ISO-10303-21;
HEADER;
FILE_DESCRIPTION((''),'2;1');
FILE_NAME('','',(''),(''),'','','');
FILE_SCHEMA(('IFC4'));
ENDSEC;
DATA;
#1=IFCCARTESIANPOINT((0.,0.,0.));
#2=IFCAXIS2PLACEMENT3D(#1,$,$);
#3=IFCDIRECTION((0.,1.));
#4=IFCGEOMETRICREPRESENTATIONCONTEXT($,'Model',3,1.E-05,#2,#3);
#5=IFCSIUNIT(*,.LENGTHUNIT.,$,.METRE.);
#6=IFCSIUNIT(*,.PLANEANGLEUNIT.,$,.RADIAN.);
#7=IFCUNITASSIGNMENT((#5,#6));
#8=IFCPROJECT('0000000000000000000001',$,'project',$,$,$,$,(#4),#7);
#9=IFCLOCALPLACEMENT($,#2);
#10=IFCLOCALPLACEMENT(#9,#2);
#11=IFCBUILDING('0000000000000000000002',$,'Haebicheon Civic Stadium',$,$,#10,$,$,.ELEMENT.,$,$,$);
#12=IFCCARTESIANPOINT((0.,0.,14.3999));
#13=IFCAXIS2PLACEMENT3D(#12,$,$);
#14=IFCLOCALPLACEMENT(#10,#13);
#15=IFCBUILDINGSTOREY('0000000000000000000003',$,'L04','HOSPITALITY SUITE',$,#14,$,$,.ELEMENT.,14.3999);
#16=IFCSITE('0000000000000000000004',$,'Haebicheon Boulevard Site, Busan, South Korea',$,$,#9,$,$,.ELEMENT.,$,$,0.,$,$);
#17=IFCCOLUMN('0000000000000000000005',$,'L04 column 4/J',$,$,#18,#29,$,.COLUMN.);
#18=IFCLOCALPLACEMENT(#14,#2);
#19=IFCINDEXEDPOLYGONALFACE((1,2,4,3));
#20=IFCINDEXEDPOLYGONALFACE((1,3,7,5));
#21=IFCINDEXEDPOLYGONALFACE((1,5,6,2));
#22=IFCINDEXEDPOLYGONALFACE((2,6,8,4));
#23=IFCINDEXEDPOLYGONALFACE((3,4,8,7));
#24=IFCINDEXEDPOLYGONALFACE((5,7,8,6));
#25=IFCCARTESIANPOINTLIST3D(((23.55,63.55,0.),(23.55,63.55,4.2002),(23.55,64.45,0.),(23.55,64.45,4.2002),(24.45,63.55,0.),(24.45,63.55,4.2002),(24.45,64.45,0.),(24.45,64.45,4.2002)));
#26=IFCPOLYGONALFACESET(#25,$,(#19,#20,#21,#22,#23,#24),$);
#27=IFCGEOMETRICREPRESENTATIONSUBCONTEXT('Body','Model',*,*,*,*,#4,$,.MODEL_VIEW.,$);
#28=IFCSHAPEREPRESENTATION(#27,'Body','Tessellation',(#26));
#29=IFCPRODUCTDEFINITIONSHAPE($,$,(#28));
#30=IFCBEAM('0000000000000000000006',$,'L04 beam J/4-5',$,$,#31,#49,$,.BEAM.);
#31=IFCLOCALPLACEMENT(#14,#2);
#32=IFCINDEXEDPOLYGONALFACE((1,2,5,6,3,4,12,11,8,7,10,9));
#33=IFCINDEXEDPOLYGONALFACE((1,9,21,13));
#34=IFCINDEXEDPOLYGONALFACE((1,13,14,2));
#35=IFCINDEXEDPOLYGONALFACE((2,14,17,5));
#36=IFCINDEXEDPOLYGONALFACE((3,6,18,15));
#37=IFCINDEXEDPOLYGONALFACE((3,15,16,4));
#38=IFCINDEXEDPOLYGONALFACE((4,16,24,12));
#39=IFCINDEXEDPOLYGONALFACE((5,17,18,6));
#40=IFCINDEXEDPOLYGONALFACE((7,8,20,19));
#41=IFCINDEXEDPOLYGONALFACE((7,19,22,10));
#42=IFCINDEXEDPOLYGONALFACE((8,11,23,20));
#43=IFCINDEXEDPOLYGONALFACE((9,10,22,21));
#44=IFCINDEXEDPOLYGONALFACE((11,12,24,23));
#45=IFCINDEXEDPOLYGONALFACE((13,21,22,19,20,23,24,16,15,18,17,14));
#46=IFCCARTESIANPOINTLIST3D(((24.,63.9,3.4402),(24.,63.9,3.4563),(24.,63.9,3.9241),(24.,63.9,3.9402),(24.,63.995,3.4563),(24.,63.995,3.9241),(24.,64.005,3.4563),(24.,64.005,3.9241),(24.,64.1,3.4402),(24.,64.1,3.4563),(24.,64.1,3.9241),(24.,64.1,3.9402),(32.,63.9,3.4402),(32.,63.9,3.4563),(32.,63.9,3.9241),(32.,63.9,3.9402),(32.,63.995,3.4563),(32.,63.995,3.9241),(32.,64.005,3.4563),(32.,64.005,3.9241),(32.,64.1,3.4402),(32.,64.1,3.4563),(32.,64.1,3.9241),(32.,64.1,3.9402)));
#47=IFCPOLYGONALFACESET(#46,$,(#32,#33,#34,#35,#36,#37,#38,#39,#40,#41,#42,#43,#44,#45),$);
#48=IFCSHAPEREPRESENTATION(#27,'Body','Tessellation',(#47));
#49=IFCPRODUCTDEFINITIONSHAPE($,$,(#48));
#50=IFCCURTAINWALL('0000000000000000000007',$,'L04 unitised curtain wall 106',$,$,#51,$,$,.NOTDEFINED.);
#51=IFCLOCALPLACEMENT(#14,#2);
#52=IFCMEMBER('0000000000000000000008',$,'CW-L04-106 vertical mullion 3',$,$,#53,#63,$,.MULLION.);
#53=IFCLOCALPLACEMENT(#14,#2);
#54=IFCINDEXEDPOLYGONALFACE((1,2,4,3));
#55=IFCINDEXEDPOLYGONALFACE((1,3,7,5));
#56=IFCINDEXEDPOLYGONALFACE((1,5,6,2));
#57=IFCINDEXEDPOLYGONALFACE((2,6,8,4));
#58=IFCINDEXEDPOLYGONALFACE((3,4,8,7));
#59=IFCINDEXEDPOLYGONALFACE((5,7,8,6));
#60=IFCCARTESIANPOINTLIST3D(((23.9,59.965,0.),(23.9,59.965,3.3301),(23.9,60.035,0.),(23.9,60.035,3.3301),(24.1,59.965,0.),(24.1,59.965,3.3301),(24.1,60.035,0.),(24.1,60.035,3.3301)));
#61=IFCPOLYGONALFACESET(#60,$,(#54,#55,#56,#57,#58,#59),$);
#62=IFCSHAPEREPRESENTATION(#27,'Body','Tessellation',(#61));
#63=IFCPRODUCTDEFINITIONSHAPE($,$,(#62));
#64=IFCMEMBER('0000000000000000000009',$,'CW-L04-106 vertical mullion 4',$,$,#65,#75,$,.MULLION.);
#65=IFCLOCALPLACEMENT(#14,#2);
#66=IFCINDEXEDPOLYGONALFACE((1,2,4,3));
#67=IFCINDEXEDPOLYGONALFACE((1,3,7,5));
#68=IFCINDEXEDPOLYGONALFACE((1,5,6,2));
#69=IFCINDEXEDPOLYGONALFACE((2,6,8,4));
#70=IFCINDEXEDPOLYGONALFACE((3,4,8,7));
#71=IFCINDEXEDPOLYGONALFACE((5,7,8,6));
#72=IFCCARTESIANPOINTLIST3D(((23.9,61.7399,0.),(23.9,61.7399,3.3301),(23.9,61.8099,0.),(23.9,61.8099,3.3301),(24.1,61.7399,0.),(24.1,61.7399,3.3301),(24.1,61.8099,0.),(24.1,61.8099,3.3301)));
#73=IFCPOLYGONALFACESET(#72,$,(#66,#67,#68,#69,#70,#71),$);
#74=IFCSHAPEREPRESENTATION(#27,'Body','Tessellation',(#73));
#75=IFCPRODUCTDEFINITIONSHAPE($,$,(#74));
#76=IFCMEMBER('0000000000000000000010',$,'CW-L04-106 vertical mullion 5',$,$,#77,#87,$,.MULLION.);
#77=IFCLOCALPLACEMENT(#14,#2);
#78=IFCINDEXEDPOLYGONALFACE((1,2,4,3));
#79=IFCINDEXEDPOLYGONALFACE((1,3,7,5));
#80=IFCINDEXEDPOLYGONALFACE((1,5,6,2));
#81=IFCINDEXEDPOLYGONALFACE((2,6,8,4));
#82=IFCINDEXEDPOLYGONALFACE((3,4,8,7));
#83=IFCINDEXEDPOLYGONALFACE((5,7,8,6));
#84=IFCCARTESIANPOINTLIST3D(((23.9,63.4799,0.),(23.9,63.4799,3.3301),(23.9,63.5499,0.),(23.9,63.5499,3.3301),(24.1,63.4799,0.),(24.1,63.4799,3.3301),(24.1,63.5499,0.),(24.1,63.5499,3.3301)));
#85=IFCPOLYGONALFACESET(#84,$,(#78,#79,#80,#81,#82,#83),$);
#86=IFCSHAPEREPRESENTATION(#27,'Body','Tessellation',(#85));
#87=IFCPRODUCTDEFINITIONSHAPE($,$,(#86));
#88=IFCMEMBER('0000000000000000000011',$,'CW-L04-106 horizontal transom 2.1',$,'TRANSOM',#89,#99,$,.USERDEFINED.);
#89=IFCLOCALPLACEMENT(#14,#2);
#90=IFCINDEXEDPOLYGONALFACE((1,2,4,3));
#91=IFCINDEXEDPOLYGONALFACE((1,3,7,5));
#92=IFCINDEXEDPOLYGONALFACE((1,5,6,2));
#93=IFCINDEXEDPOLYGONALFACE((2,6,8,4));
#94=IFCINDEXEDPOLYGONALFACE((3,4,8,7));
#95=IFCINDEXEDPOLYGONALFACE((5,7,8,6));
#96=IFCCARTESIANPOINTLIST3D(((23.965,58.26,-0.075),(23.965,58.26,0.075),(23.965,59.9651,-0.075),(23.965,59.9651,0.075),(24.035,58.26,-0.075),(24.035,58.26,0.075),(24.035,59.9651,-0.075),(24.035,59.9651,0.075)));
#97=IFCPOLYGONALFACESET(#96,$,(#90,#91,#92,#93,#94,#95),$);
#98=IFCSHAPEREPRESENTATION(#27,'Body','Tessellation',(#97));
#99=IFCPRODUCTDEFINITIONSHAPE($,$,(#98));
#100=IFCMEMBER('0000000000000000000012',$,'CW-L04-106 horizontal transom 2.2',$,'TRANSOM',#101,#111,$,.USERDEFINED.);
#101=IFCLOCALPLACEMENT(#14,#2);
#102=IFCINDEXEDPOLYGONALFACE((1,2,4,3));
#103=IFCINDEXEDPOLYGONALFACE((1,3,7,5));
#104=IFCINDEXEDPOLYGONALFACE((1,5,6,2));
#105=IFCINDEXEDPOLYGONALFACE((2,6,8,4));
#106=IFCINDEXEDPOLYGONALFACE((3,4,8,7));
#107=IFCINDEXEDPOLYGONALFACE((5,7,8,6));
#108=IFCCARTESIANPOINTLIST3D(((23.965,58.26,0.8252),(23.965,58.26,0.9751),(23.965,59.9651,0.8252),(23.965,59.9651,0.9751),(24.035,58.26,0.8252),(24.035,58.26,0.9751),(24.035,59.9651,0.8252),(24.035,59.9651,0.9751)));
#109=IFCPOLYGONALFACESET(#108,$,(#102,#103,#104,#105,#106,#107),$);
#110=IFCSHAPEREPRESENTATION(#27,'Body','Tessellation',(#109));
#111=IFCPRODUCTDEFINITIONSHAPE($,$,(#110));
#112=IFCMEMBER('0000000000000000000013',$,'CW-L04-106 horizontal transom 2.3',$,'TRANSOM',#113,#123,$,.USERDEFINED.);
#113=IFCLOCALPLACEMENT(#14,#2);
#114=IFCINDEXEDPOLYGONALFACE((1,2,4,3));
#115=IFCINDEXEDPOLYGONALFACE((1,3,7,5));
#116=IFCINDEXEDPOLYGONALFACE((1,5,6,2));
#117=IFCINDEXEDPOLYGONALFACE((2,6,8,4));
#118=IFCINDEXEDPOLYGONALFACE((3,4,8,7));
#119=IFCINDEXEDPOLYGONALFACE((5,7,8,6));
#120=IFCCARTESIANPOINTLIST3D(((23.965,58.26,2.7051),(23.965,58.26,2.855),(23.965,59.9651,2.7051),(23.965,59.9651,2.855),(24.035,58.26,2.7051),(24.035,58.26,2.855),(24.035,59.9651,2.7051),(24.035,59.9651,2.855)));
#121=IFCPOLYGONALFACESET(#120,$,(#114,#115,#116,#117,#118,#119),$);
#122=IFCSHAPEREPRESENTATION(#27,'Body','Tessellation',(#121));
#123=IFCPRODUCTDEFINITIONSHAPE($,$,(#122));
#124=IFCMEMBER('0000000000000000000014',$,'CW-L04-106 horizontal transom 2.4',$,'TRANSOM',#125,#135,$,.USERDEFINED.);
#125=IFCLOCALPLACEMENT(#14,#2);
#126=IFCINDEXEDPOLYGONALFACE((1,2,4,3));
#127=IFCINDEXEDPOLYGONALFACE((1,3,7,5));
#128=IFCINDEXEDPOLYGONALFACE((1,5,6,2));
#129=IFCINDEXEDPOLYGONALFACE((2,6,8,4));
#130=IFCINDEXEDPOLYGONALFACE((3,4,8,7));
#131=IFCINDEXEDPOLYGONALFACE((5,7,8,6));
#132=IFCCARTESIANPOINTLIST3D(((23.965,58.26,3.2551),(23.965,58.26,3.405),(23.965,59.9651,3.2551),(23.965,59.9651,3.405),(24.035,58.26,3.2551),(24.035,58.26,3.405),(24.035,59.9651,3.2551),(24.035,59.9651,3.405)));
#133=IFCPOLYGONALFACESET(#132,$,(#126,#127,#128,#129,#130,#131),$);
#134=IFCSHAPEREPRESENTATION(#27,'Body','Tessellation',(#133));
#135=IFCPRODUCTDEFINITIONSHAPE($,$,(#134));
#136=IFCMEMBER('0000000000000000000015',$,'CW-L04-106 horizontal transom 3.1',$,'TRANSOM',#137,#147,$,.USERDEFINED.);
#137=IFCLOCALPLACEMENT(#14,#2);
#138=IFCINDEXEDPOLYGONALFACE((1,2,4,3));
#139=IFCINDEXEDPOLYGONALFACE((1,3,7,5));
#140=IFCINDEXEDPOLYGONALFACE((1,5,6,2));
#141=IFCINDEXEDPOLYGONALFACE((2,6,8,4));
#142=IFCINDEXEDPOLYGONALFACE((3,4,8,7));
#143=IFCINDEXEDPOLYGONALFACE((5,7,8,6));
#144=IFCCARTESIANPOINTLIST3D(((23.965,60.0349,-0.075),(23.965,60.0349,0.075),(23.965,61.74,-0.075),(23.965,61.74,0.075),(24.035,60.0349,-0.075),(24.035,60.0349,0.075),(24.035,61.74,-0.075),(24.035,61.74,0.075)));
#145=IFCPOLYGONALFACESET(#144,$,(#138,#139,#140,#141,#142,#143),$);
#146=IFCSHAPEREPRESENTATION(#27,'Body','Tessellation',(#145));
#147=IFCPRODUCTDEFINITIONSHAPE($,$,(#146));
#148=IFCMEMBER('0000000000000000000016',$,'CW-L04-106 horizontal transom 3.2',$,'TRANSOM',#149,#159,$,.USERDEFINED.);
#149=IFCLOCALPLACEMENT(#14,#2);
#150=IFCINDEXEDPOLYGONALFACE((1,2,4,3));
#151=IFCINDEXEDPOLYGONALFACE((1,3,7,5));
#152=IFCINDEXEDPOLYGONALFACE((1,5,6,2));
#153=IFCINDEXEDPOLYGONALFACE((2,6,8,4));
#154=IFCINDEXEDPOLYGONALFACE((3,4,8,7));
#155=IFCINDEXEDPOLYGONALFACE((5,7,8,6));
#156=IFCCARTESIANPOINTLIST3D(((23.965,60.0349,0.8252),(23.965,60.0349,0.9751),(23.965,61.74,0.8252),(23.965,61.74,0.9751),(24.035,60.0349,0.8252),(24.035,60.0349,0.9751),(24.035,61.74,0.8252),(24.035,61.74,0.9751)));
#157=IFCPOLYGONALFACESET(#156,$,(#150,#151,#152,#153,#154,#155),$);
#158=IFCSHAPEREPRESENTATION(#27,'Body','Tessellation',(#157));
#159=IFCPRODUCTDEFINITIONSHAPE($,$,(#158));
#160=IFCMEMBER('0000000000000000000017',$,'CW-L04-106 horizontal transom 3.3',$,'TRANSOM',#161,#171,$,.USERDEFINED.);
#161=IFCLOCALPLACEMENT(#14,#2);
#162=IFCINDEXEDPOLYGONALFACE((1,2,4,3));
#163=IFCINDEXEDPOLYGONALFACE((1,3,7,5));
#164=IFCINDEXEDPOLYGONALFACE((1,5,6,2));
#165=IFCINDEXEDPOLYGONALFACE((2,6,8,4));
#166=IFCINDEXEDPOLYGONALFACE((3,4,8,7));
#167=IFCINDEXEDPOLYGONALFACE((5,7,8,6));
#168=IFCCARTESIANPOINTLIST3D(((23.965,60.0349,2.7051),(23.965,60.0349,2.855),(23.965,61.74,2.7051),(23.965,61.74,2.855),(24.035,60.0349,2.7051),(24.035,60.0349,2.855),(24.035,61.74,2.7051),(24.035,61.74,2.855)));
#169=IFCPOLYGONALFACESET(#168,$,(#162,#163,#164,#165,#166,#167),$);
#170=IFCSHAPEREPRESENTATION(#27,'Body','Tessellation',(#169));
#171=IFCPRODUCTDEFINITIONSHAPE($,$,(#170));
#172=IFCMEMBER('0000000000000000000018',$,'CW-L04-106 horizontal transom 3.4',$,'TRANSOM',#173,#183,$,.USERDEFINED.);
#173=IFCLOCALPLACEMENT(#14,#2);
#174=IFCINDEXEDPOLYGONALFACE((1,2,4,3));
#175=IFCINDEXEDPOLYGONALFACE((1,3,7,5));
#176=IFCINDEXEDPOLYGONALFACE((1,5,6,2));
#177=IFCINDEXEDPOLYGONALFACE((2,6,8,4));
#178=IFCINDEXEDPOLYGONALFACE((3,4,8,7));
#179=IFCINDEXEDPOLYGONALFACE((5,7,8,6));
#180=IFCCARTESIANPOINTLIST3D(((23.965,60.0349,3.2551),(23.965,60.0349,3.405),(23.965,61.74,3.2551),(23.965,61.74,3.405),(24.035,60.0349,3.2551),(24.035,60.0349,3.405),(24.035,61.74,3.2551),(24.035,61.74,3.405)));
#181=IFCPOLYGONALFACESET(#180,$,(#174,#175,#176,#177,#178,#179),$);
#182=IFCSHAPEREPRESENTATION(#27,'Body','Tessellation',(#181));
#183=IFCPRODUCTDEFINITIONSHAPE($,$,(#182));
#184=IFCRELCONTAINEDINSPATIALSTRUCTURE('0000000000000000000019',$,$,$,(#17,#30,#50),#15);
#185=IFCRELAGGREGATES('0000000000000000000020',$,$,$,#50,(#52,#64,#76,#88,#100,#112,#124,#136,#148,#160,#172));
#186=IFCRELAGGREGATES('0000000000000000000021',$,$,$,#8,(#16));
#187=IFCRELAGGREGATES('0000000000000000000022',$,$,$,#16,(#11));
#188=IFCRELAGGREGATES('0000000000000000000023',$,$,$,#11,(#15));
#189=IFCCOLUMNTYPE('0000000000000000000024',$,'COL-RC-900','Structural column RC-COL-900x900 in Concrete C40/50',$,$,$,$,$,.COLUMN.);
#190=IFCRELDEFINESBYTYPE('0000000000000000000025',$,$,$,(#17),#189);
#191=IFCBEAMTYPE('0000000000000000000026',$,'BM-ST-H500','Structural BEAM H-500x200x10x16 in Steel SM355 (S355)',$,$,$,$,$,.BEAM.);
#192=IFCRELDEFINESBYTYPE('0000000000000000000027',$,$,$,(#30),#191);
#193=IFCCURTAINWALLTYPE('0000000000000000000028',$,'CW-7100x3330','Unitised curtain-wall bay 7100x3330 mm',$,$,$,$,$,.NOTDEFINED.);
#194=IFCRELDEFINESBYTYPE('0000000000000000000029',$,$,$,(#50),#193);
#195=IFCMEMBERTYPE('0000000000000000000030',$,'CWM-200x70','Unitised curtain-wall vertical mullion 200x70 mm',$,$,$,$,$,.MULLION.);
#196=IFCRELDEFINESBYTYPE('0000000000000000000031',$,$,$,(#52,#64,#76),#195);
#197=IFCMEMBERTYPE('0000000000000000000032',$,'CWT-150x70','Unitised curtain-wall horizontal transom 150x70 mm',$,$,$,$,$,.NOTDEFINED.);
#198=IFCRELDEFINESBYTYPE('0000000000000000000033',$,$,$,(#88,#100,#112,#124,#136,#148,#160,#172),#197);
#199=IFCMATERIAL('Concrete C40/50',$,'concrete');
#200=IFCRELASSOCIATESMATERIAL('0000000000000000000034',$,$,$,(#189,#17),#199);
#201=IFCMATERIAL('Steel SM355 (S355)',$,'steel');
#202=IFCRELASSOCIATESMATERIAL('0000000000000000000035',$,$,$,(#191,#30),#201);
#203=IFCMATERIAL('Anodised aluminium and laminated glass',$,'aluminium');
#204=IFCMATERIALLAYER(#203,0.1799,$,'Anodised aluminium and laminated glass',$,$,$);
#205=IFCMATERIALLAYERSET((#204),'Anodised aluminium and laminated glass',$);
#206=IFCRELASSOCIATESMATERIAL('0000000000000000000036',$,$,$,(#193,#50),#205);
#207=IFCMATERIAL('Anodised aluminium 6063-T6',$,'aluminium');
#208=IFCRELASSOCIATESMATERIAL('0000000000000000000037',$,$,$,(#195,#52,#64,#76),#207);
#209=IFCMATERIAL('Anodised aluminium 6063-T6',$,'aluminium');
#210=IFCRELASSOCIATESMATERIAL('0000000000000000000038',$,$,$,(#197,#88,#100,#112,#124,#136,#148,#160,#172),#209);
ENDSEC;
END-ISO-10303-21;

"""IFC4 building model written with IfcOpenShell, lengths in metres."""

from ifc_helpers import new_model, si_unit, direction, frame, origin, origin_2d, place, context, subcontext, project, spatial, rectangle, i_section, extrude, material, layer, layer_set, material_profile, profile_set, type_object, element, aggregate, save


model = new_model("IFC4")

# Units and contexts
model_context = context("Model", 3, precision=1e-05, world=origin(), true_north=direction((0.0, 1.0)))
body_context = subcontext(model_context, "Body", "Model", "MODEL_VIEW")
ifc_project = project(units=[si_unit("LENGTHUNIT", "METRE"), si_unit("PLANEANGLEUNIT", "RADIAN")], contexts=[model_context])

# Site, building, storey
site_placement = place(None, origin())
site = spatial("IfcSite", under=ifc_project, at=site_placement, Name="Haebicheon Boulevard Site, Busan, South Korea", CompositionType="ELEMENT", RefElevation=0.0)
building_placement = place(site_placement, origin())
building = spatial("IfcBuilding", under=site, at=building_placement, Name="Haebicheon Civic Stadium", CompositionType="ELEMENT")
storey_placement = place(building_placement, frame((0.0, 0.0, 14.3999)))
storey = spatial("IfcBuildingStorey", under=building, at=storey_placement, Name="L04", Description="HOSPITALITY SUITE", CompositionType="ELEMENT", Elevation=14.3999)

# Column
ifc_material_1 = material(Name="Concrete C40/50", Category="concrete")
ifc_material_profile_1 = material_profile(ifc_material_1, rectangle(XDim=0.8999, YDim=0.8999, at=origin_2d()), Name="RC-COL-900x900")
ifc_profile_set_1 = profile_set([ifc_material_profile_1], Name="Concrete C40/50")
column_type = type_object("IfcColumnType", Name="COL-RC-900", Description="Structural column RC-COL-900x900 in Concrete C40/50", PredefinedType="COLUMN", material=ifc_profile_set_1)
column_placement = place(storey_placement, frame((24.0, 64.0, 0.0), z_axis=(0.0, 0.0, 1.0), x_axis=(1.0, 0.0, 0.0)))
element("IfcColumn", 1, at=column_placement, inside=storey, type_object=column_type, material=ifc_profile_set_1, Name="L04 column 4/J", PredefinedType="COLUMN", context=body_context, shape_type="SweptSolid", body=[
    extrude(rectangle(XDim=0.8999, YDim=0.8999, at=origin_2d()), origin(), (0.0, 0.0, 1.0), 4.2002),
])

# Beam
ifc_material_2 = material(Name="Steel SM355 (S355)", Category="steel")
ifc_material_profile_2 = material_profile(ifc_material_2, i_section(OverallWidth=0.2, OverallDepth=0.5, WebThickness=0.01, FlangeThickness=0.0161, at=origin_2d()), Name="H-500x200x10x16")
ifc_profile_set_2 = profile_set([ifc_material_profile_2], Name="Steel SM355 (S355)")
beam_type_1 = type_object("IfcBeamType", Name="BM-ST-H500", Description="Structural BEAM H-500x200x10x16 in Steel SM355 (S355)", PredefinedType="BEAM", material=ifc_profile_set_2)
beam_1_placement = place(storey_placement, frame((24.0, 64.0, 3.6902), z_axis=(1.0, 0.0, 0.0), x_axis=(0.0, 1.0, 0.0)))
element("IfcBeam", 2, at=beam_1_placement, inside=storey, type_object=beam_type_1, material=ifc_profile_set_2, Name="L04 beam J/4-5", PredefinedType="BEAM", context=body_context, shape_type="SweptSolid", body=[
    extrude(i_section(OverallWidth=0.2, OverallDepth=0.5, WebThickness=0.01, FlangeThickness=0.0161, at=origin_2d()), origin(), (0.0, 0.0, 1.0), 8.0),
])

# Curtain wall, members
ifc_material_3 = material(Name="Anodised aluminium and laminated glass", Category="aluminium")
ifc_layer_1 = layer(ifc_material_3, 0.1799, Name="Anodised aluminium and laminated glass")
ifc_layer_set_1 = layer_set([ifc_layer_1], Name="Anodised aluminium and laminated glass")
curtain_wall_type = type_object("IfcCurtainWallType", Name="CW-7100x3330", Description="Unitised curtain-wall bay 7100x3330 mm", PredefinedType="NOTDEFINED", material=ifc_layer_set_1)
curtain_wall_placement = place(storey_placement, origin())
curtain_wall = element("IfcCurtainWall", 3, at=curtain_wall_placement, inside=storey, type_object=curtain_wall_type, material=ifc_layer_set_1, Name="L04 unitised curtain wall 106", PredefinedType="NOTDEFINED")
ifc_material_4 = material(Name="Anodised aluminium 6063-T6", Category="aluminium")
ifc_material_profile_3 = material_profile(ifc_material_4, rectangle(XDim=0.0701, YDim=0.2, at=origin_2d()), Name="ALU-MULL-70x200")
ifc_profile_set_3 = profile_set([ifc_material_profile_3], Name="Anodised aluminium 6063-T6")
member_type_1 = type_object("IfcMemberType", Name="CWM-200x70", Description="Unitised curtain-wall vertical mullion 200x70 mm", PredefinedType="MULLION", material=ifc_profile_set_3)
member_1_placement = place(storey_placement, frame((24.0, 60.0, 0.0), z_axis=(0.0, 0.0, 1.0), x_axis=(0.0, 1.0, 0.0)))
member_1 = element("IfcMember", 4, at=member_1_placement, type_object=member_type_1, material=ifc_profile_set_3, Name="CW-L04-106 vertical mullion 3", PredefinedType="MULLION", context=body_context, shape_type="SweptSolid", body=[
    extrude(rectangle(XDim=0.0701, YDim=0.2, at=origin_2d()), origin(), (0.0, 0.0, 1.0), 3.3301),
])
member_2_placement = place(storey_placement, frame((24.0, 61.7749, 0.0), z_axis=(0.0, 0.0, 1.0), x_axis=(0.0, 1.0, 0.0)))
member_2 = element("IfcMember", 5, at=member_2_placement, type_object=member_type_1, material=ifc_profile_set_3, Name="CW-L04-106 vertical mullion 4", PredefinedType="MULLION", context=body_context, shape_type="SweptSolid", body=[
    extrude(rectangle(XDim=0.0701, YDim=0.2, at=origin_2d()), origin(), (0.0, 0.0, 1.0), 3.3301),
])
member_3_placement = place(storey_placement, frame((24.0, 63.5149, 0.0), z_axis=(0.0, 0.0, 1.0), x_axis=(0.0, 1.0, 0.0)))
member_3 = element("IfcMember", 6, at=member_3_placement, type_object=member_type_1, material=ifc_profile_set_3, Name="CW-L04-106 vertical mullion 5", PredefinedType="MULLION", context=body_context, shape_type="SweptSolid", body=[
    extrude(rectangle(XDim=0.0701, YDim=0.2, at=origin_2d()), origin(), (0.0, 0.0, 1.0), 3.3301),
])
ifc_material_5 = material(Name="Anodised aluminium 6063-T6", Category="aluminium")
ifc_material_profile_4 = material_profile(ifc_material_5, rectangle(XDim=0.0701, YDim=0.1499, at=origin_2d()), Name="ALU-TRAN-70x150")
ifc_profile_set_4 = profile_set([ifc_material_profile_4], Name="Anodised aluminium 6063-T6")
member_type_2 = type_object("IfcMemberType", Name="CWT-150x70", Description="Unitised curtain-wall horizontal transom 150x70 mm", PredefinedType="NOTDEFINED", material=ifc_profile_set_4)
member_4_placement = place(storey_placement, frame((24.0, 58.26, 0.0), z_axis=(0.0, 1.0, 0.0), x_axis=(-1.0, 0.0, 0.0)))
member_4 = element("IfcMember", 7, at=member_4_placement, type_object=member_type_2, material=ifc_profile_set_4, Name="CW-L04-106 horizontal transom 2.1", ObjectType="TRANSOM", PredefinedType="USERDEFINED", context=body_context, shape_type="SweptSolid", body=[
    extrude(rectangle(XDim=0.0701, YDim=0.1499, at=origin_2d()), origin(), (0.0, 0.0, 1.0), 1.7051),
])
member_5_placement = place(storey_placement, frame((24.0, 58.26, 0.9001), z_axis=(0.0, 1.0, 0.0), x_axis=(-1.0, 0.0, 0.0)))
member_5 = element("IfcMember", 8, at=member_5_placement, type_object=member_type_2, material=ifc_profile_set_4, Name="CW-L04-106 horizontal transom 2.2", ObjectType="TRANSOM", PredefinedType="USERDEFINED", context=body_context, shape_type="SweptSolid", body=[
    extrude(rectangle(XDim=0.0701, YDim=0.1499, at=origin_2d()), origin(), (0.0, 0.0, 1.0), 1.7051),
])
member_6_placement = place(storey_placement, frame((24.0, 58.26, 2.78), z_axis=(0.0, 1.0, 0.0), x_axis=(-1.0, 0.0, 0.0)))
member_6 = element("IfcMember", 9, at=member_6_placement, type_object=member_type_2, material=ifc_profile_set_4, Name="CW-L04-106 horizontal transom 2.3", ObjectType="TRANSOM", PredefinedType="USERDEFINED", context=body_context, shape_type="SweptSolid", body=[
    extrude(rectangle(XDim=0.0701, YDim=0.1499, at=origin_2d()), origin(), (0.0, 0.0, 1.0), 1.7051),
])
member_7_placement = place(storey_placement, frame((24.0, 58.26, 3.3301), z_axis=(0.0, 1.0, 0.0), x_axis=(-1.0, 0.0, 0.0)))
member_7 = element("IfcMember", 10, at=member_7_placement, type_object=member_type_2, material=ifc_profile_set_4, Name="CW-L04-106 horizontal transom 2.4", ObjectType="TRANSOM", PredefinedType="USERDEFINED", context=body_context, shape_type="SweptSolid", body=[
    extrude(rectangle(XDim=0.0701, YDim=0.1499, at=origin_2d()), origin(), (0.0, 0.0, 1.0), 1.7051),
])
member_8_placement = place(storey_placement, frame((24.0, 60.0349, 0.0), z_axis=(0.0, 1.0, 0.0), x_axis=(-1.0, 0.0, 0.0)))
member_8 = element("IfcMember", 11, at=member_8_placement, type_object=member_type_2, material=ifc_profile_set_4, Name="CW-L04-106 horizontal transom 3.1", ObjectType="TRANSOM", PredefinedType="USERDEFINED", context=body_context, shape_type="SweptSolid", body=[
    extrude(rectangle(XDim=0.0701, YDim=0.1499, at=origin_2d()), origin(), (0.0, 0.0, 1.0), 1.7051),
])
member_9_placement = place(storey_placement, frame((24.0, 60.0349, 0.9001), z_axis=(0.0, 1.0, 0.0), x_axis=(-1.0, 0.0, 0.0)))
member_9 = element("IfcMember", 12, at=member_9_placement, type_object=member_type_2, material=ifc_profile_set_4, Name="CW-L04-106 horizontal transom 3.2", ObjectType="TRANSOM", PredefinedType="USERDEFINED", context=body_context, shape_type="SweptSolid", body=[
    extrude(rectangle(XDim=0.0701, YDim=0.1499, at=origin_2d()), origin(), (0.0, 0.0, 1.0), 1.7051),
])
member_10_placement = place(storey_placement, frame((24.0, 60.0349, 2.78), z_axis=(0.0, 1.0, 0.0), x_axis=(-1.0, 0.0, 0.0)))
member_10 = element("IfcMember", 13, at=member_10_placement, type_object=member_type_2, material=ifc_profile_set_4, Name="CW-L04-106 horizontal transom 3.3", ObjectType="TRANSOM", PredefinedType="USERDEFINED", context=body_context, shape_type="SweptSolid", body=[
    extrude(rectangle(XDim=0.0701, YDim=0.1499, at=origin_2d()), origin(), (0.0, 0.0, 1.0), 1.7051),
])
member_11_placement = place(storey_placement, frame((24.0, 60.0349, 3.3301), z_axis=(0.0, 1.0, 0.0), x_axis=(-1.0, 0.0, 0.0)))
member_11 = element("IfcMember", 14, at=member_11_placement, type_object=member_type_2, material=ifc_profile_set_4, Name="CW-L04-106 horizontal transom 3.4", ObjectType="TRANSOM", PredefinedType="USERDEFINED", context=body_context, shape_type="SweptSolid", body=[
    extrude(rectangle(XDim=0.0701, YDim=0.1499, at=origin_2d()), origin(), (0.0, 0.0, 1.0), 1.7051),
])

aggregate(curtain_wall, [member_1, member_2, member_3, member_4, member_5, member_6, member_7, member_8, member_9, member_10, member_11])

save(model, "model.ifc")
